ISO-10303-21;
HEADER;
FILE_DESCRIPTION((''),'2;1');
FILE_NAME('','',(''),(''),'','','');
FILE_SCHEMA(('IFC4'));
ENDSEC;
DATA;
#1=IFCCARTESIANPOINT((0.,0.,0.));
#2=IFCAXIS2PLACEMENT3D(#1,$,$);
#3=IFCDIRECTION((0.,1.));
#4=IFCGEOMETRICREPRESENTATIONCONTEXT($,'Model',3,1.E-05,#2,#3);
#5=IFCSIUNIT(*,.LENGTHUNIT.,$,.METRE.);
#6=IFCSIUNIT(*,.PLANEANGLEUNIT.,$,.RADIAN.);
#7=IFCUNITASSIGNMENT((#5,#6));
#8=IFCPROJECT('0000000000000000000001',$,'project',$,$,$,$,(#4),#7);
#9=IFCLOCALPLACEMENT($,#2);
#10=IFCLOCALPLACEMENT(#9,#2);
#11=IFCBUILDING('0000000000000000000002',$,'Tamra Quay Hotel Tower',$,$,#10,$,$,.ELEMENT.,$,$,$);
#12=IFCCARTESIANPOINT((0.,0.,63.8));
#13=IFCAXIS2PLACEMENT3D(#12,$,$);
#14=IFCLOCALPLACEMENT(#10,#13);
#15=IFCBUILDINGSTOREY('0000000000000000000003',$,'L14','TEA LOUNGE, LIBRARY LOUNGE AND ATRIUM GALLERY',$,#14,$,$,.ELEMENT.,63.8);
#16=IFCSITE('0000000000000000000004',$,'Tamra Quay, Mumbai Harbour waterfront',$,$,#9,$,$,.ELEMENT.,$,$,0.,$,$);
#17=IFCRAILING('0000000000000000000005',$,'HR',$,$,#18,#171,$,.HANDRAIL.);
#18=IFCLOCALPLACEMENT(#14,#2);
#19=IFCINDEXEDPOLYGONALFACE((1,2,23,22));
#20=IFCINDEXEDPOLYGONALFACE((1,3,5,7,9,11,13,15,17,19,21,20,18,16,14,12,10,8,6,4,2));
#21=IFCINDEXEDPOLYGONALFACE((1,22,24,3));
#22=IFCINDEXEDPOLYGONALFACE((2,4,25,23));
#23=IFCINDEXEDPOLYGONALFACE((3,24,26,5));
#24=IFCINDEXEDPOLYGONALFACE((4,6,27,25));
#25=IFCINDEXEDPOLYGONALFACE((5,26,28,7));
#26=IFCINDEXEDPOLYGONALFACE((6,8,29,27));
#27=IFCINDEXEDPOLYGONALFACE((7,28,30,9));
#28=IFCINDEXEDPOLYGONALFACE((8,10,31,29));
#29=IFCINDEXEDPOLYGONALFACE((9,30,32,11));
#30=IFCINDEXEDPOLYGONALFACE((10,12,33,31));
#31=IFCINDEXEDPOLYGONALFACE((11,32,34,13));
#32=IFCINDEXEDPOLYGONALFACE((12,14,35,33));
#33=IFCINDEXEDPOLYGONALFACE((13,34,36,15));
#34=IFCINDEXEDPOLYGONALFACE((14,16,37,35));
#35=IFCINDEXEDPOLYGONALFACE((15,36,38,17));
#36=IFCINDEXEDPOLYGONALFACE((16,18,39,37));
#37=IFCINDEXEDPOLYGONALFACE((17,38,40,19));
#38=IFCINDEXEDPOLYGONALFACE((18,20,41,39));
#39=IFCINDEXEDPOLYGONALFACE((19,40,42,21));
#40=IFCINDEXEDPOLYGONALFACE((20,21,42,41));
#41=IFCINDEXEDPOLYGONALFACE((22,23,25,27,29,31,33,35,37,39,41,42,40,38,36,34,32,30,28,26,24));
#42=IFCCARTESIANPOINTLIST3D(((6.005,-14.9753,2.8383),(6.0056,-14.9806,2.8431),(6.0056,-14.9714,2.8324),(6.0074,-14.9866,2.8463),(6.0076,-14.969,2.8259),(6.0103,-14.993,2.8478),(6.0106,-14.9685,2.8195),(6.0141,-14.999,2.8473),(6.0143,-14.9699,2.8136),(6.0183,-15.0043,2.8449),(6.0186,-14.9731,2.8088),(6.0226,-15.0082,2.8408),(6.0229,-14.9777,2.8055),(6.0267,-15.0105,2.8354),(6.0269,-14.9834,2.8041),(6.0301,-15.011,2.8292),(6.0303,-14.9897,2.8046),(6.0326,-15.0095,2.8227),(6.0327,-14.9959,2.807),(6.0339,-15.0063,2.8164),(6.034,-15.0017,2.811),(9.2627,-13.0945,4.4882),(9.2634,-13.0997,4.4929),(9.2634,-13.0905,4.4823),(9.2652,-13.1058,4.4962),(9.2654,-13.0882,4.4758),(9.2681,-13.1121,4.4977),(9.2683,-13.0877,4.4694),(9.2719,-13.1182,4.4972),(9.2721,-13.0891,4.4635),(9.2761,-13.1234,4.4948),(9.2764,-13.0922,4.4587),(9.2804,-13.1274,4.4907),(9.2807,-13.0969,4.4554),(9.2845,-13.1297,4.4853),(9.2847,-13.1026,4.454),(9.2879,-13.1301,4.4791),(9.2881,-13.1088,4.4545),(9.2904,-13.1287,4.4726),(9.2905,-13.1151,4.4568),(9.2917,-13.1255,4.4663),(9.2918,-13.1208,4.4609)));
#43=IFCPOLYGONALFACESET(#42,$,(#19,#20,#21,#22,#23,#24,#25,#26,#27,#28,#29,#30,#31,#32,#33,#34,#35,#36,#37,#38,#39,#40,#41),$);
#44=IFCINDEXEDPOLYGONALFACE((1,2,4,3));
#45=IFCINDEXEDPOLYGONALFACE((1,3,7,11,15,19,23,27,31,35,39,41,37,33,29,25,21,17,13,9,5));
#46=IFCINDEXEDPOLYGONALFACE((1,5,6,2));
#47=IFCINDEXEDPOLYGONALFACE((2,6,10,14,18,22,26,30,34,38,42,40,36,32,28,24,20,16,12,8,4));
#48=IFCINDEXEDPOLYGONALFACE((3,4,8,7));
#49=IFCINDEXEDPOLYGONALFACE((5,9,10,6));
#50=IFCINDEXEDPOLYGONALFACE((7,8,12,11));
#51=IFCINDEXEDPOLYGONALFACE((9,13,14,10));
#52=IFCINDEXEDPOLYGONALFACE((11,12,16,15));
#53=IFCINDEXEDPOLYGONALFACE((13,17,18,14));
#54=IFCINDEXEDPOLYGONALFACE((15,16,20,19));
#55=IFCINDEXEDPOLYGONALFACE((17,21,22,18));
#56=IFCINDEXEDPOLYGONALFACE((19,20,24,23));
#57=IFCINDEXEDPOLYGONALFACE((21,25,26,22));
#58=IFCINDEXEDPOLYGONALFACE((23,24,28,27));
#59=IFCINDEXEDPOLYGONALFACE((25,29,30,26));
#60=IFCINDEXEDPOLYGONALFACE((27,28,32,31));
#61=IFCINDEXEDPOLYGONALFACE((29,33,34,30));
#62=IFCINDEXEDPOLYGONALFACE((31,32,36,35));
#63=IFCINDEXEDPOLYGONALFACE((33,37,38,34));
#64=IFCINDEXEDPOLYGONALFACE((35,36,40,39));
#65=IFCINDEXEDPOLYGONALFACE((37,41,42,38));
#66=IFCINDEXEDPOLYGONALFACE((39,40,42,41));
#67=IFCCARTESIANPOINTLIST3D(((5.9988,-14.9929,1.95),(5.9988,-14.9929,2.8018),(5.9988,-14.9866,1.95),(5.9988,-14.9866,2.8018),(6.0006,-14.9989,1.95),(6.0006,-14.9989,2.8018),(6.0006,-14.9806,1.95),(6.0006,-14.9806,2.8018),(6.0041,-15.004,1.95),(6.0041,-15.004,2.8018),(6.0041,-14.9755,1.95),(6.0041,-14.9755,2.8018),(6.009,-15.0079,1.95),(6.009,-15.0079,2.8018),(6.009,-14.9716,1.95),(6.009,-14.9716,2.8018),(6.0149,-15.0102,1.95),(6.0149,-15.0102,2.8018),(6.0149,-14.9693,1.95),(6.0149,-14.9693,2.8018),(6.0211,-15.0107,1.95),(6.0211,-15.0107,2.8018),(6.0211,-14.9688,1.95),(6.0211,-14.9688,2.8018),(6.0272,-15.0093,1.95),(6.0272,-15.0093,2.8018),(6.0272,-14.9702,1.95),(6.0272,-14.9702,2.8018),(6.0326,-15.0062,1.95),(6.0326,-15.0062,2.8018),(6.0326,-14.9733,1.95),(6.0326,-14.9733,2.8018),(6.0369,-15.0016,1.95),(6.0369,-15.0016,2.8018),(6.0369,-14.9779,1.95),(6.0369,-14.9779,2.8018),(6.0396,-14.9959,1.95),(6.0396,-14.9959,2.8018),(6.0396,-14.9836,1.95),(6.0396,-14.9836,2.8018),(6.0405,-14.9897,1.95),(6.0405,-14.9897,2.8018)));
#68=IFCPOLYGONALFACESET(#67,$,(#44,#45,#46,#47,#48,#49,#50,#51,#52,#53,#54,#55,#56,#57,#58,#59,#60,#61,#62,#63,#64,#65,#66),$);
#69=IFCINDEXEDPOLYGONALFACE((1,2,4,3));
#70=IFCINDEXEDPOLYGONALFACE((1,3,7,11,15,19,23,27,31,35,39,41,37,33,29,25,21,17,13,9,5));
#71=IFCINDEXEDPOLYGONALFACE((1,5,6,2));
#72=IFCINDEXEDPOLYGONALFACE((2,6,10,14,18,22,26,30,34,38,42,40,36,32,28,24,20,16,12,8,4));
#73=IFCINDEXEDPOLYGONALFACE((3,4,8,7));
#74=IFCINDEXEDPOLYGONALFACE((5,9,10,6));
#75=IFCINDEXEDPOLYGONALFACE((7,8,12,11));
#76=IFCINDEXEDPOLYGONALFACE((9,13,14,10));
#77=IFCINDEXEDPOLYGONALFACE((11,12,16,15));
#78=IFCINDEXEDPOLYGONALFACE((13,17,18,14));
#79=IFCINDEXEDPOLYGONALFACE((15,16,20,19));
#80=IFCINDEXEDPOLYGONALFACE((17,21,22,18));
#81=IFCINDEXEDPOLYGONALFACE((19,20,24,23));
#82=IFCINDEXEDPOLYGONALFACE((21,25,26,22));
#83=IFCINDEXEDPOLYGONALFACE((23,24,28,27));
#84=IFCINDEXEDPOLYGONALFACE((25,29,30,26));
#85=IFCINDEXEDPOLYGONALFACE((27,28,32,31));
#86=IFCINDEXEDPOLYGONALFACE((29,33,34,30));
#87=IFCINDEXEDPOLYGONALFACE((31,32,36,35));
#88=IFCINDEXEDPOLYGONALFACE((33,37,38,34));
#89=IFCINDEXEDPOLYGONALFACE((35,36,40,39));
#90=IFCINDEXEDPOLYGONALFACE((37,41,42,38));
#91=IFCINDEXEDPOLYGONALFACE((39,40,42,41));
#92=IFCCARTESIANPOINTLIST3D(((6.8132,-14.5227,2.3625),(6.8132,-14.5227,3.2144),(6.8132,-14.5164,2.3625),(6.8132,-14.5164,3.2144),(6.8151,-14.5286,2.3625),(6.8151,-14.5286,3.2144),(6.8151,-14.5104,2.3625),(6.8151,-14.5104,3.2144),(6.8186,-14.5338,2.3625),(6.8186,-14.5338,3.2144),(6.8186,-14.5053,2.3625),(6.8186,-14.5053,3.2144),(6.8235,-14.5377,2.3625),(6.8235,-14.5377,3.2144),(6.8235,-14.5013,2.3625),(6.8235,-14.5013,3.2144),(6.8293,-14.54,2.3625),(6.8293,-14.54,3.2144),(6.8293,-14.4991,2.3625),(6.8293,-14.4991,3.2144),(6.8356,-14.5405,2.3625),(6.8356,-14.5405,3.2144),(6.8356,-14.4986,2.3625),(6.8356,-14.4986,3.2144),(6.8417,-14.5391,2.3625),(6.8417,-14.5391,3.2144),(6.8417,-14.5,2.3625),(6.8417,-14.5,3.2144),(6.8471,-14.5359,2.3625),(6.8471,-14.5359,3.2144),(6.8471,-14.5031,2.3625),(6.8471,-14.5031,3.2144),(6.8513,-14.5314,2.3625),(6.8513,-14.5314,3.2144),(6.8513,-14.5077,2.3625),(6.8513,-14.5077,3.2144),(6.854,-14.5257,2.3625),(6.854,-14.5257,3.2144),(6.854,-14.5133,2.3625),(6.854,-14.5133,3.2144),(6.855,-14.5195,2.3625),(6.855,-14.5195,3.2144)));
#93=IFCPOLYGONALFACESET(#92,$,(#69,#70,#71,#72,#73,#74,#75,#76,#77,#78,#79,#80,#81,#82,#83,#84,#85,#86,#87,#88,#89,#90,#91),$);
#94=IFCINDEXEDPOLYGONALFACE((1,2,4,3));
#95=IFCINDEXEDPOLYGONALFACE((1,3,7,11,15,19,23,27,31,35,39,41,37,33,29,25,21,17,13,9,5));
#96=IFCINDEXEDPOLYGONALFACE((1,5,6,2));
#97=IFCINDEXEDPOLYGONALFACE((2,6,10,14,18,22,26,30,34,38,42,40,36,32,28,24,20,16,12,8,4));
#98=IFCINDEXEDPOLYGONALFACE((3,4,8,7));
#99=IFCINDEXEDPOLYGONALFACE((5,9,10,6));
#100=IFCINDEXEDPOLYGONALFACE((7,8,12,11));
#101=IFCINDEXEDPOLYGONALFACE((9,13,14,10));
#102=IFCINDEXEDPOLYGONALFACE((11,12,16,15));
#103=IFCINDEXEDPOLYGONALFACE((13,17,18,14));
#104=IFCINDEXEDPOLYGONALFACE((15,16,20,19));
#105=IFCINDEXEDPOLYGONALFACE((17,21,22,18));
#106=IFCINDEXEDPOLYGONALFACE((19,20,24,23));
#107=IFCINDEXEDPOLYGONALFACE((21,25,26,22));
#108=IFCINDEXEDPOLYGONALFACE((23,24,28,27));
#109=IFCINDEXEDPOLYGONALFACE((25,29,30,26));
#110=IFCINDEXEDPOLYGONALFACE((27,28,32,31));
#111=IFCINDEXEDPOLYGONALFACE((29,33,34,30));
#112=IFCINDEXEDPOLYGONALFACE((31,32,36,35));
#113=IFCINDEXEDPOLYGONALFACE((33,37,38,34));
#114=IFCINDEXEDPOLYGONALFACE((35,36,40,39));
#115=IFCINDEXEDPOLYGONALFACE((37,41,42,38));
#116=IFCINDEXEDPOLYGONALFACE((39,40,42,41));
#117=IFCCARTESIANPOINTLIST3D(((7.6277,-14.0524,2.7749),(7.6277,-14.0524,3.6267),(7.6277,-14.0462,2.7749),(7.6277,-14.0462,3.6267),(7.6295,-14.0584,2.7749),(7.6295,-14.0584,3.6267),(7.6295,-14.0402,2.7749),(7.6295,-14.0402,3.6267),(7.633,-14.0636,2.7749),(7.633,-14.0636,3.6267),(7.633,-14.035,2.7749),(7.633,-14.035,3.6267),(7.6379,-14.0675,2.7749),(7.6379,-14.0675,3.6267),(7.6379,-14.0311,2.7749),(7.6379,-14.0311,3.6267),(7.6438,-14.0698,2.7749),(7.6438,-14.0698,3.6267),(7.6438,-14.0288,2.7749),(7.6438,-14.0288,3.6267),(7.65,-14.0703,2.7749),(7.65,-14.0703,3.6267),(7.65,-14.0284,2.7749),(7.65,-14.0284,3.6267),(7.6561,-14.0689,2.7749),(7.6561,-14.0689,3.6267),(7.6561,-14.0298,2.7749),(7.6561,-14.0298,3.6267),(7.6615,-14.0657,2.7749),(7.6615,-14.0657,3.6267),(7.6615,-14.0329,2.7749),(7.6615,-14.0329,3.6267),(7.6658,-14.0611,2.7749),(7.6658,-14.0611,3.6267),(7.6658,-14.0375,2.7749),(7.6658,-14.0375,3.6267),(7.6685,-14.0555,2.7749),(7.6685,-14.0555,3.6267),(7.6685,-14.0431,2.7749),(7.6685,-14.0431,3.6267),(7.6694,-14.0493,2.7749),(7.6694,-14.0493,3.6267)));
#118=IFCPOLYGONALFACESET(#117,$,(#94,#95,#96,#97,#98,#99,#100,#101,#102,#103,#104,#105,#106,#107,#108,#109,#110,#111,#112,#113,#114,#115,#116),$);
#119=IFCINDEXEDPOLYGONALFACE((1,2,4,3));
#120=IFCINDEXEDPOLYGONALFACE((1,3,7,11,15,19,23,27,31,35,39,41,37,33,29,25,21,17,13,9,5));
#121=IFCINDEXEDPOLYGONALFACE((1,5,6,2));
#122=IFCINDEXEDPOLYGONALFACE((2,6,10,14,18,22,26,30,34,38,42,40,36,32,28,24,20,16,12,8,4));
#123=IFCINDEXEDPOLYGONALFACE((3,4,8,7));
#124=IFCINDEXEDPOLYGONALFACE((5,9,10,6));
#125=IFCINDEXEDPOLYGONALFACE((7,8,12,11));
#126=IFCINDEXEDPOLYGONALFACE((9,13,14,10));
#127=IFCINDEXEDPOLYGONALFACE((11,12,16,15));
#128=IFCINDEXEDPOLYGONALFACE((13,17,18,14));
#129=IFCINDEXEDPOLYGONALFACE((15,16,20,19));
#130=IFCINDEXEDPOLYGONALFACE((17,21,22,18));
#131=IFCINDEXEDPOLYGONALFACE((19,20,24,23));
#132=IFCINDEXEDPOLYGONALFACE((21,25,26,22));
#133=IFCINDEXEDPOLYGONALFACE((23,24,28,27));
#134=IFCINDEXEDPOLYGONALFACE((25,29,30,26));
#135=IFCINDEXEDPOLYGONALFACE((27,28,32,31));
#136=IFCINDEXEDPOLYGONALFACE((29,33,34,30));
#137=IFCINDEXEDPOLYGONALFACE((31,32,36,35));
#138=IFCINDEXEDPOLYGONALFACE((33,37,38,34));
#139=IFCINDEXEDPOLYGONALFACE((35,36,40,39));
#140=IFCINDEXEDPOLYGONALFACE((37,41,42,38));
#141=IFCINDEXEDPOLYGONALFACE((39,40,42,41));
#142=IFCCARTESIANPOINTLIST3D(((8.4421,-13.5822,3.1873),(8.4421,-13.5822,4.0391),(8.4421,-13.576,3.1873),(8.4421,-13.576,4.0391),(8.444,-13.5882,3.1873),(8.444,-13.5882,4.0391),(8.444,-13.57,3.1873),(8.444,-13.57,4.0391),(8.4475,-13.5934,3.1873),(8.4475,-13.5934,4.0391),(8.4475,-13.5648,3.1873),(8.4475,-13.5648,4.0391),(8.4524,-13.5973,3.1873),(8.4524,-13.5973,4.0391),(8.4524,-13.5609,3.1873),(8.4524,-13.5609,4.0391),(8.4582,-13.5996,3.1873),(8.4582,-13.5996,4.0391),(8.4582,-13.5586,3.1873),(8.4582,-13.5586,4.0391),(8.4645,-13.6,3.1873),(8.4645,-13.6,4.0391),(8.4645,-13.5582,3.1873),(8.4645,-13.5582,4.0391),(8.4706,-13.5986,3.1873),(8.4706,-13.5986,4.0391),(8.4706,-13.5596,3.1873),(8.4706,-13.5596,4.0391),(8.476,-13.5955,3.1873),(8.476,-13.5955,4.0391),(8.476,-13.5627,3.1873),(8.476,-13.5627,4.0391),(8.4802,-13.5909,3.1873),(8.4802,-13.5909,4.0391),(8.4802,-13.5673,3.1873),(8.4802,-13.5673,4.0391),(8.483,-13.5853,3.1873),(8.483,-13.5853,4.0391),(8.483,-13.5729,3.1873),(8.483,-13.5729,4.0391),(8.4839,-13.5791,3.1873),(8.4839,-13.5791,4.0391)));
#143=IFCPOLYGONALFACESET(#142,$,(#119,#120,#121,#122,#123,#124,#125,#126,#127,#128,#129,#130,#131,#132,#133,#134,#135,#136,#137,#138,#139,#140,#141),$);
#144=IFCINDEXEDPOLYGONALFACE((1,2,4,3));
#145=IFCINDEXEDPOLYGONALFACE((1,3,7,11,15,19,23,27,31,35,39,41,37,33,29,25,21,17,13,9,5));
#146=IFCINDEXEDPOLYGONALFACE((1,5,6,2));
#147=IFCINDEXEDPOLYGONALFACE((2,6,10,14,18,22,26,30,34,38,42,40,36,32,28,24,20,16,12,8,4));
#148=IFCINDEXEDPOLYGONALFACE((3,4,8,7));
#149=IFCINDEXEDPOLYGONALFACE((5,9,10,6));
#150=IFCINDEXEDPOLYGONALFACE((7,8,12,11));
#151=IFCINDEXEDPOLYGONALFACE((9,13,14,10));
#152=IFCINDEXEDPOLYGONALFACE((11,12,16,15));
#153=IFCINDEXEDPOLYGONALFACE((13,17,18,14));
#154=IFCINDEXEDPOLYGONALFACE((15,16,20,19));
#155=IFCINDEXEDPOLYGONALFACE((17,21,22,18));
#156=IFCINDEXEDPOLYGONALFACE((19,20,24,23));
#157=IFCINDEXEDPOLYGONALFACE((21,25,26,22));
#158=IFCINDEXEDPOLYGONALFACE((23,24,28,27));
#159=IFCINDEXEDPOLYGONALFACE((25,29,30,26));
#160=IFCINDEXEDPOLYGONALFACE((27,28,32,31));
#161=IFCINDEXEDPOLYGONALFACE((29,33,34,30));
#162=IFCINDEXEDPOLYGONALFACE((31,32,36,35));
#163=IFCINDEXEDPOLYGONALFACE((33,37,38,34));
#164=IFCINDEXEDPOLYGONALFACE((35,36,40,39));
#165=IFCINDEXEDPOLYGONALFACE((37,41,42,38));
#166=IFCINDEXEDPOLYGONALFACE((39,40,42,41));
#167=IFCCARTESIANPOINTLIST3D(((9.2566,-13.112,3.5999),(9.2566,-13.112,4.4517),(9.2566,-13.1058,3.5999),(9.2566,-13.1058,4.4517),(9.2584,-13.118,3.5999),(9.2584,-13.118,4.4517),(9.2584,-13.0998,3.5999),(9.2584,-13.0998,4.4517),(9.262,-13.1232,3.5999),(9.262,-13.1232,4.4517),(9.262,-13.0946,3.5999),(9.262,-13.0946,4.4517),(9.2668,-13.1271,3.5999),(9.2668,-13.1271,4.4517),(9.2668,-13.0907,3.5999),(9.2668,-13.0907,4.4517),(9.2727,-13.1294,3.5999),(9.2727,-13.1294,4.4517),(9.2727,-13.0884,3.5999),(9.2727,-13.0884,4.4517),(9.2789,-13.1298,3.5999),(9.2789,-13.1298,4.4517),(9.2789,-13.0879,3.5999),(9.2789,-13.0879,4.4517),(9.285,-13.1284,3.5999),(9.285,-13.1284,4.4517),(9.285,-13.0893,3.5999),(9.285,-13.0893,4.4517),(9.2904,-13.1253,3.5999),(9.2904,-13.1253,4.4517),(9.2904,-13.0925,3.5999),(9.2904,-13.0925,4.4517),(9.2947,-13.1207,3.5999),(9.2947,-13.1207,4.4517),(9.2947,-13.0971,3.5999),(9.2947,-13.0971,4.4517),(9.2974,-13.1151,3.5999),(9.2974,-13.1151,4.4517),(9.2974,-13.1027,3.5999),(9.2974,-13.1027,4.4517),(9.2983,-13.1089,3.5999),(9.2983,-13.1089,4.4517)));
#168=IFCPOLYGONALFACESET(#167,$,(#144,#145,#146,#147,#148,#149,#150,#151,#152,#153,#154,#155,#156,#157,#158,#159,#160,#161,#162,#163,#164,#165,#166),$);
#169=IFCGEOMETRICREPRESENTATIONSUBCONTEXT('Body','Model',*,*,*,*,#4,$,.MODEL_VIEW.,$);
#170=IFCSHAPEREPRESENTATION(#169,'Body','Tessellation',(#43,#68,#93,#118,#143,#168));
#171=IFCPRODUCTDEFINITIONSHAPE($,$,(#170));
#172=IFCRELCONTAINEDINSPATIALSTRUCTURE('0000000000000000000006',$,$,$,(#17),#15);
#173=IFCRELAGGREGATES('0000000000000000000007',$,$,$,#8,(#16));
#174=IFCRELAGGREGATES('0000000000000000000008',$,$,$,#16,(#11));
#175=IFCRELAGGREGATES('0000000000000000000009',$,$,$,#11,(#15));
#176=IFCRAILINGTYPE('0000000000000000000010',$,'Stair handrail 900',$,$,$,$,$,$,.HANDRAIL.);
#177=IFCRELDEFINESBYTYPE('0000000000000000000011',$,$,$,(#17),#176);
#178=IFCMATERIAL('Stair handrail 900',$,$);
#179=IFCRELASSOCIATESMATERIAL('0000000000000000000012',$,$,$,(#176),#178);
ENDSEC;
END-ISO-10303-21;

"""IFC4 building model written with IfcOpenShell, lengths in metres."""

from ifc_helpers import new_model, si_unit, direction, frame, origin, origin_2d, place, context, subcontext, project, spatial, circle, extrude, material, type_object, element, save


model = new_model("IFC4")

# Units and contexts
model_context = context("Model", 3, precision=1e-05, world=origin(), true_north=direction((0.0, 1.0)))
body_context = subcontext(model_context, "Body", "Model", "MODEL_VIEW")
ifc_project = project(units=[si_unit("LENGTHUNIT", "METRE"), si_unit("PLANEANGLEUNIT", "RADIAN")], contexts=[model_context])

# Site, building, storey
site_placement = place(None, origin())
site = spatial("IfcSite", under=ifc_project, at=site_placement, Name="Tamra Quay, Mumbai Harbour waterfront", CompositionType="ELEMENT", RefElevation=0.0)
building_placement = place(site_placement, origin())
building = spatial("IfcBuilding", under=site, at=building_placement, Name="Tamra Quay Hotel Tower", CompositionType="ELEMENT")
storey_placement = place(building_placement, frame((0.0, 0.0, 63.8)))
storey = spatial("IfcBuildingStorey", under=building, at=storey_placement, Name="L14", Description="TEA LOUNGE, LIBRARY LOUNGE AND ATRIUM GALLERY", CompositionType="ELEMENT", Elevation=63.8)

# Railing
ifc_material_1 = material(Name="Stair handrail 900")
railing_type_1 = type_object("IfcRailingType", Name="Stair handrail 900", PredefinedType="HANDRAIL", material=ifc_material_1)
railing_1_placement = place(storey_placement, frame((6.0195, -14.9897, 1.95)))
element("IfcRailing", 1, at=railing_1_placement, inside=storey, type_object=railing_type_1, Name="HR", PredefinedType="HANDRAIL", context=body_context, shape_type="SweptSolid", body=[
    extrude(circle(Radius=0.0239, at=origin_2d()), frame((0.0, 0.0, 0.876), z_axis=(0.7931, 0.457887, 0.401661), x_axis=(-0.499992, 0.86603, 0.0)), (0.0, 0.0, 1.0), 4.1077),
    extrude(circle(Radius=0.021, at=origin_2d()), origin(), (0.0, 0.0, 1.0), 0.8518),
    extrude(circle(Radius=0.021, at=origin_2d()), frame((0.8145, 0.4702, 0.4126)), (0.0, 0.0, 1.0), 0.8518),
    extrude(circle(Radius=0.021, at=origin_2d()), frame((1.6289, 0.9404, 0.825)), (0.0, 0.0, 1.0), 0.8518),
    extrude(circle(Radius=0.021, at=origin_2d()), frame((2.4434, 1.4106, 1.2373)), (0.0, 0.0, 1.0), 0.8518),
    extrude(circle(Radius=0.021, at=origin_2d()), frame((3.2578, 1.8809, 1.6499)), (0.0, 0.0, 1.0), 0.8518),
])

save(model, "model.ifc")
